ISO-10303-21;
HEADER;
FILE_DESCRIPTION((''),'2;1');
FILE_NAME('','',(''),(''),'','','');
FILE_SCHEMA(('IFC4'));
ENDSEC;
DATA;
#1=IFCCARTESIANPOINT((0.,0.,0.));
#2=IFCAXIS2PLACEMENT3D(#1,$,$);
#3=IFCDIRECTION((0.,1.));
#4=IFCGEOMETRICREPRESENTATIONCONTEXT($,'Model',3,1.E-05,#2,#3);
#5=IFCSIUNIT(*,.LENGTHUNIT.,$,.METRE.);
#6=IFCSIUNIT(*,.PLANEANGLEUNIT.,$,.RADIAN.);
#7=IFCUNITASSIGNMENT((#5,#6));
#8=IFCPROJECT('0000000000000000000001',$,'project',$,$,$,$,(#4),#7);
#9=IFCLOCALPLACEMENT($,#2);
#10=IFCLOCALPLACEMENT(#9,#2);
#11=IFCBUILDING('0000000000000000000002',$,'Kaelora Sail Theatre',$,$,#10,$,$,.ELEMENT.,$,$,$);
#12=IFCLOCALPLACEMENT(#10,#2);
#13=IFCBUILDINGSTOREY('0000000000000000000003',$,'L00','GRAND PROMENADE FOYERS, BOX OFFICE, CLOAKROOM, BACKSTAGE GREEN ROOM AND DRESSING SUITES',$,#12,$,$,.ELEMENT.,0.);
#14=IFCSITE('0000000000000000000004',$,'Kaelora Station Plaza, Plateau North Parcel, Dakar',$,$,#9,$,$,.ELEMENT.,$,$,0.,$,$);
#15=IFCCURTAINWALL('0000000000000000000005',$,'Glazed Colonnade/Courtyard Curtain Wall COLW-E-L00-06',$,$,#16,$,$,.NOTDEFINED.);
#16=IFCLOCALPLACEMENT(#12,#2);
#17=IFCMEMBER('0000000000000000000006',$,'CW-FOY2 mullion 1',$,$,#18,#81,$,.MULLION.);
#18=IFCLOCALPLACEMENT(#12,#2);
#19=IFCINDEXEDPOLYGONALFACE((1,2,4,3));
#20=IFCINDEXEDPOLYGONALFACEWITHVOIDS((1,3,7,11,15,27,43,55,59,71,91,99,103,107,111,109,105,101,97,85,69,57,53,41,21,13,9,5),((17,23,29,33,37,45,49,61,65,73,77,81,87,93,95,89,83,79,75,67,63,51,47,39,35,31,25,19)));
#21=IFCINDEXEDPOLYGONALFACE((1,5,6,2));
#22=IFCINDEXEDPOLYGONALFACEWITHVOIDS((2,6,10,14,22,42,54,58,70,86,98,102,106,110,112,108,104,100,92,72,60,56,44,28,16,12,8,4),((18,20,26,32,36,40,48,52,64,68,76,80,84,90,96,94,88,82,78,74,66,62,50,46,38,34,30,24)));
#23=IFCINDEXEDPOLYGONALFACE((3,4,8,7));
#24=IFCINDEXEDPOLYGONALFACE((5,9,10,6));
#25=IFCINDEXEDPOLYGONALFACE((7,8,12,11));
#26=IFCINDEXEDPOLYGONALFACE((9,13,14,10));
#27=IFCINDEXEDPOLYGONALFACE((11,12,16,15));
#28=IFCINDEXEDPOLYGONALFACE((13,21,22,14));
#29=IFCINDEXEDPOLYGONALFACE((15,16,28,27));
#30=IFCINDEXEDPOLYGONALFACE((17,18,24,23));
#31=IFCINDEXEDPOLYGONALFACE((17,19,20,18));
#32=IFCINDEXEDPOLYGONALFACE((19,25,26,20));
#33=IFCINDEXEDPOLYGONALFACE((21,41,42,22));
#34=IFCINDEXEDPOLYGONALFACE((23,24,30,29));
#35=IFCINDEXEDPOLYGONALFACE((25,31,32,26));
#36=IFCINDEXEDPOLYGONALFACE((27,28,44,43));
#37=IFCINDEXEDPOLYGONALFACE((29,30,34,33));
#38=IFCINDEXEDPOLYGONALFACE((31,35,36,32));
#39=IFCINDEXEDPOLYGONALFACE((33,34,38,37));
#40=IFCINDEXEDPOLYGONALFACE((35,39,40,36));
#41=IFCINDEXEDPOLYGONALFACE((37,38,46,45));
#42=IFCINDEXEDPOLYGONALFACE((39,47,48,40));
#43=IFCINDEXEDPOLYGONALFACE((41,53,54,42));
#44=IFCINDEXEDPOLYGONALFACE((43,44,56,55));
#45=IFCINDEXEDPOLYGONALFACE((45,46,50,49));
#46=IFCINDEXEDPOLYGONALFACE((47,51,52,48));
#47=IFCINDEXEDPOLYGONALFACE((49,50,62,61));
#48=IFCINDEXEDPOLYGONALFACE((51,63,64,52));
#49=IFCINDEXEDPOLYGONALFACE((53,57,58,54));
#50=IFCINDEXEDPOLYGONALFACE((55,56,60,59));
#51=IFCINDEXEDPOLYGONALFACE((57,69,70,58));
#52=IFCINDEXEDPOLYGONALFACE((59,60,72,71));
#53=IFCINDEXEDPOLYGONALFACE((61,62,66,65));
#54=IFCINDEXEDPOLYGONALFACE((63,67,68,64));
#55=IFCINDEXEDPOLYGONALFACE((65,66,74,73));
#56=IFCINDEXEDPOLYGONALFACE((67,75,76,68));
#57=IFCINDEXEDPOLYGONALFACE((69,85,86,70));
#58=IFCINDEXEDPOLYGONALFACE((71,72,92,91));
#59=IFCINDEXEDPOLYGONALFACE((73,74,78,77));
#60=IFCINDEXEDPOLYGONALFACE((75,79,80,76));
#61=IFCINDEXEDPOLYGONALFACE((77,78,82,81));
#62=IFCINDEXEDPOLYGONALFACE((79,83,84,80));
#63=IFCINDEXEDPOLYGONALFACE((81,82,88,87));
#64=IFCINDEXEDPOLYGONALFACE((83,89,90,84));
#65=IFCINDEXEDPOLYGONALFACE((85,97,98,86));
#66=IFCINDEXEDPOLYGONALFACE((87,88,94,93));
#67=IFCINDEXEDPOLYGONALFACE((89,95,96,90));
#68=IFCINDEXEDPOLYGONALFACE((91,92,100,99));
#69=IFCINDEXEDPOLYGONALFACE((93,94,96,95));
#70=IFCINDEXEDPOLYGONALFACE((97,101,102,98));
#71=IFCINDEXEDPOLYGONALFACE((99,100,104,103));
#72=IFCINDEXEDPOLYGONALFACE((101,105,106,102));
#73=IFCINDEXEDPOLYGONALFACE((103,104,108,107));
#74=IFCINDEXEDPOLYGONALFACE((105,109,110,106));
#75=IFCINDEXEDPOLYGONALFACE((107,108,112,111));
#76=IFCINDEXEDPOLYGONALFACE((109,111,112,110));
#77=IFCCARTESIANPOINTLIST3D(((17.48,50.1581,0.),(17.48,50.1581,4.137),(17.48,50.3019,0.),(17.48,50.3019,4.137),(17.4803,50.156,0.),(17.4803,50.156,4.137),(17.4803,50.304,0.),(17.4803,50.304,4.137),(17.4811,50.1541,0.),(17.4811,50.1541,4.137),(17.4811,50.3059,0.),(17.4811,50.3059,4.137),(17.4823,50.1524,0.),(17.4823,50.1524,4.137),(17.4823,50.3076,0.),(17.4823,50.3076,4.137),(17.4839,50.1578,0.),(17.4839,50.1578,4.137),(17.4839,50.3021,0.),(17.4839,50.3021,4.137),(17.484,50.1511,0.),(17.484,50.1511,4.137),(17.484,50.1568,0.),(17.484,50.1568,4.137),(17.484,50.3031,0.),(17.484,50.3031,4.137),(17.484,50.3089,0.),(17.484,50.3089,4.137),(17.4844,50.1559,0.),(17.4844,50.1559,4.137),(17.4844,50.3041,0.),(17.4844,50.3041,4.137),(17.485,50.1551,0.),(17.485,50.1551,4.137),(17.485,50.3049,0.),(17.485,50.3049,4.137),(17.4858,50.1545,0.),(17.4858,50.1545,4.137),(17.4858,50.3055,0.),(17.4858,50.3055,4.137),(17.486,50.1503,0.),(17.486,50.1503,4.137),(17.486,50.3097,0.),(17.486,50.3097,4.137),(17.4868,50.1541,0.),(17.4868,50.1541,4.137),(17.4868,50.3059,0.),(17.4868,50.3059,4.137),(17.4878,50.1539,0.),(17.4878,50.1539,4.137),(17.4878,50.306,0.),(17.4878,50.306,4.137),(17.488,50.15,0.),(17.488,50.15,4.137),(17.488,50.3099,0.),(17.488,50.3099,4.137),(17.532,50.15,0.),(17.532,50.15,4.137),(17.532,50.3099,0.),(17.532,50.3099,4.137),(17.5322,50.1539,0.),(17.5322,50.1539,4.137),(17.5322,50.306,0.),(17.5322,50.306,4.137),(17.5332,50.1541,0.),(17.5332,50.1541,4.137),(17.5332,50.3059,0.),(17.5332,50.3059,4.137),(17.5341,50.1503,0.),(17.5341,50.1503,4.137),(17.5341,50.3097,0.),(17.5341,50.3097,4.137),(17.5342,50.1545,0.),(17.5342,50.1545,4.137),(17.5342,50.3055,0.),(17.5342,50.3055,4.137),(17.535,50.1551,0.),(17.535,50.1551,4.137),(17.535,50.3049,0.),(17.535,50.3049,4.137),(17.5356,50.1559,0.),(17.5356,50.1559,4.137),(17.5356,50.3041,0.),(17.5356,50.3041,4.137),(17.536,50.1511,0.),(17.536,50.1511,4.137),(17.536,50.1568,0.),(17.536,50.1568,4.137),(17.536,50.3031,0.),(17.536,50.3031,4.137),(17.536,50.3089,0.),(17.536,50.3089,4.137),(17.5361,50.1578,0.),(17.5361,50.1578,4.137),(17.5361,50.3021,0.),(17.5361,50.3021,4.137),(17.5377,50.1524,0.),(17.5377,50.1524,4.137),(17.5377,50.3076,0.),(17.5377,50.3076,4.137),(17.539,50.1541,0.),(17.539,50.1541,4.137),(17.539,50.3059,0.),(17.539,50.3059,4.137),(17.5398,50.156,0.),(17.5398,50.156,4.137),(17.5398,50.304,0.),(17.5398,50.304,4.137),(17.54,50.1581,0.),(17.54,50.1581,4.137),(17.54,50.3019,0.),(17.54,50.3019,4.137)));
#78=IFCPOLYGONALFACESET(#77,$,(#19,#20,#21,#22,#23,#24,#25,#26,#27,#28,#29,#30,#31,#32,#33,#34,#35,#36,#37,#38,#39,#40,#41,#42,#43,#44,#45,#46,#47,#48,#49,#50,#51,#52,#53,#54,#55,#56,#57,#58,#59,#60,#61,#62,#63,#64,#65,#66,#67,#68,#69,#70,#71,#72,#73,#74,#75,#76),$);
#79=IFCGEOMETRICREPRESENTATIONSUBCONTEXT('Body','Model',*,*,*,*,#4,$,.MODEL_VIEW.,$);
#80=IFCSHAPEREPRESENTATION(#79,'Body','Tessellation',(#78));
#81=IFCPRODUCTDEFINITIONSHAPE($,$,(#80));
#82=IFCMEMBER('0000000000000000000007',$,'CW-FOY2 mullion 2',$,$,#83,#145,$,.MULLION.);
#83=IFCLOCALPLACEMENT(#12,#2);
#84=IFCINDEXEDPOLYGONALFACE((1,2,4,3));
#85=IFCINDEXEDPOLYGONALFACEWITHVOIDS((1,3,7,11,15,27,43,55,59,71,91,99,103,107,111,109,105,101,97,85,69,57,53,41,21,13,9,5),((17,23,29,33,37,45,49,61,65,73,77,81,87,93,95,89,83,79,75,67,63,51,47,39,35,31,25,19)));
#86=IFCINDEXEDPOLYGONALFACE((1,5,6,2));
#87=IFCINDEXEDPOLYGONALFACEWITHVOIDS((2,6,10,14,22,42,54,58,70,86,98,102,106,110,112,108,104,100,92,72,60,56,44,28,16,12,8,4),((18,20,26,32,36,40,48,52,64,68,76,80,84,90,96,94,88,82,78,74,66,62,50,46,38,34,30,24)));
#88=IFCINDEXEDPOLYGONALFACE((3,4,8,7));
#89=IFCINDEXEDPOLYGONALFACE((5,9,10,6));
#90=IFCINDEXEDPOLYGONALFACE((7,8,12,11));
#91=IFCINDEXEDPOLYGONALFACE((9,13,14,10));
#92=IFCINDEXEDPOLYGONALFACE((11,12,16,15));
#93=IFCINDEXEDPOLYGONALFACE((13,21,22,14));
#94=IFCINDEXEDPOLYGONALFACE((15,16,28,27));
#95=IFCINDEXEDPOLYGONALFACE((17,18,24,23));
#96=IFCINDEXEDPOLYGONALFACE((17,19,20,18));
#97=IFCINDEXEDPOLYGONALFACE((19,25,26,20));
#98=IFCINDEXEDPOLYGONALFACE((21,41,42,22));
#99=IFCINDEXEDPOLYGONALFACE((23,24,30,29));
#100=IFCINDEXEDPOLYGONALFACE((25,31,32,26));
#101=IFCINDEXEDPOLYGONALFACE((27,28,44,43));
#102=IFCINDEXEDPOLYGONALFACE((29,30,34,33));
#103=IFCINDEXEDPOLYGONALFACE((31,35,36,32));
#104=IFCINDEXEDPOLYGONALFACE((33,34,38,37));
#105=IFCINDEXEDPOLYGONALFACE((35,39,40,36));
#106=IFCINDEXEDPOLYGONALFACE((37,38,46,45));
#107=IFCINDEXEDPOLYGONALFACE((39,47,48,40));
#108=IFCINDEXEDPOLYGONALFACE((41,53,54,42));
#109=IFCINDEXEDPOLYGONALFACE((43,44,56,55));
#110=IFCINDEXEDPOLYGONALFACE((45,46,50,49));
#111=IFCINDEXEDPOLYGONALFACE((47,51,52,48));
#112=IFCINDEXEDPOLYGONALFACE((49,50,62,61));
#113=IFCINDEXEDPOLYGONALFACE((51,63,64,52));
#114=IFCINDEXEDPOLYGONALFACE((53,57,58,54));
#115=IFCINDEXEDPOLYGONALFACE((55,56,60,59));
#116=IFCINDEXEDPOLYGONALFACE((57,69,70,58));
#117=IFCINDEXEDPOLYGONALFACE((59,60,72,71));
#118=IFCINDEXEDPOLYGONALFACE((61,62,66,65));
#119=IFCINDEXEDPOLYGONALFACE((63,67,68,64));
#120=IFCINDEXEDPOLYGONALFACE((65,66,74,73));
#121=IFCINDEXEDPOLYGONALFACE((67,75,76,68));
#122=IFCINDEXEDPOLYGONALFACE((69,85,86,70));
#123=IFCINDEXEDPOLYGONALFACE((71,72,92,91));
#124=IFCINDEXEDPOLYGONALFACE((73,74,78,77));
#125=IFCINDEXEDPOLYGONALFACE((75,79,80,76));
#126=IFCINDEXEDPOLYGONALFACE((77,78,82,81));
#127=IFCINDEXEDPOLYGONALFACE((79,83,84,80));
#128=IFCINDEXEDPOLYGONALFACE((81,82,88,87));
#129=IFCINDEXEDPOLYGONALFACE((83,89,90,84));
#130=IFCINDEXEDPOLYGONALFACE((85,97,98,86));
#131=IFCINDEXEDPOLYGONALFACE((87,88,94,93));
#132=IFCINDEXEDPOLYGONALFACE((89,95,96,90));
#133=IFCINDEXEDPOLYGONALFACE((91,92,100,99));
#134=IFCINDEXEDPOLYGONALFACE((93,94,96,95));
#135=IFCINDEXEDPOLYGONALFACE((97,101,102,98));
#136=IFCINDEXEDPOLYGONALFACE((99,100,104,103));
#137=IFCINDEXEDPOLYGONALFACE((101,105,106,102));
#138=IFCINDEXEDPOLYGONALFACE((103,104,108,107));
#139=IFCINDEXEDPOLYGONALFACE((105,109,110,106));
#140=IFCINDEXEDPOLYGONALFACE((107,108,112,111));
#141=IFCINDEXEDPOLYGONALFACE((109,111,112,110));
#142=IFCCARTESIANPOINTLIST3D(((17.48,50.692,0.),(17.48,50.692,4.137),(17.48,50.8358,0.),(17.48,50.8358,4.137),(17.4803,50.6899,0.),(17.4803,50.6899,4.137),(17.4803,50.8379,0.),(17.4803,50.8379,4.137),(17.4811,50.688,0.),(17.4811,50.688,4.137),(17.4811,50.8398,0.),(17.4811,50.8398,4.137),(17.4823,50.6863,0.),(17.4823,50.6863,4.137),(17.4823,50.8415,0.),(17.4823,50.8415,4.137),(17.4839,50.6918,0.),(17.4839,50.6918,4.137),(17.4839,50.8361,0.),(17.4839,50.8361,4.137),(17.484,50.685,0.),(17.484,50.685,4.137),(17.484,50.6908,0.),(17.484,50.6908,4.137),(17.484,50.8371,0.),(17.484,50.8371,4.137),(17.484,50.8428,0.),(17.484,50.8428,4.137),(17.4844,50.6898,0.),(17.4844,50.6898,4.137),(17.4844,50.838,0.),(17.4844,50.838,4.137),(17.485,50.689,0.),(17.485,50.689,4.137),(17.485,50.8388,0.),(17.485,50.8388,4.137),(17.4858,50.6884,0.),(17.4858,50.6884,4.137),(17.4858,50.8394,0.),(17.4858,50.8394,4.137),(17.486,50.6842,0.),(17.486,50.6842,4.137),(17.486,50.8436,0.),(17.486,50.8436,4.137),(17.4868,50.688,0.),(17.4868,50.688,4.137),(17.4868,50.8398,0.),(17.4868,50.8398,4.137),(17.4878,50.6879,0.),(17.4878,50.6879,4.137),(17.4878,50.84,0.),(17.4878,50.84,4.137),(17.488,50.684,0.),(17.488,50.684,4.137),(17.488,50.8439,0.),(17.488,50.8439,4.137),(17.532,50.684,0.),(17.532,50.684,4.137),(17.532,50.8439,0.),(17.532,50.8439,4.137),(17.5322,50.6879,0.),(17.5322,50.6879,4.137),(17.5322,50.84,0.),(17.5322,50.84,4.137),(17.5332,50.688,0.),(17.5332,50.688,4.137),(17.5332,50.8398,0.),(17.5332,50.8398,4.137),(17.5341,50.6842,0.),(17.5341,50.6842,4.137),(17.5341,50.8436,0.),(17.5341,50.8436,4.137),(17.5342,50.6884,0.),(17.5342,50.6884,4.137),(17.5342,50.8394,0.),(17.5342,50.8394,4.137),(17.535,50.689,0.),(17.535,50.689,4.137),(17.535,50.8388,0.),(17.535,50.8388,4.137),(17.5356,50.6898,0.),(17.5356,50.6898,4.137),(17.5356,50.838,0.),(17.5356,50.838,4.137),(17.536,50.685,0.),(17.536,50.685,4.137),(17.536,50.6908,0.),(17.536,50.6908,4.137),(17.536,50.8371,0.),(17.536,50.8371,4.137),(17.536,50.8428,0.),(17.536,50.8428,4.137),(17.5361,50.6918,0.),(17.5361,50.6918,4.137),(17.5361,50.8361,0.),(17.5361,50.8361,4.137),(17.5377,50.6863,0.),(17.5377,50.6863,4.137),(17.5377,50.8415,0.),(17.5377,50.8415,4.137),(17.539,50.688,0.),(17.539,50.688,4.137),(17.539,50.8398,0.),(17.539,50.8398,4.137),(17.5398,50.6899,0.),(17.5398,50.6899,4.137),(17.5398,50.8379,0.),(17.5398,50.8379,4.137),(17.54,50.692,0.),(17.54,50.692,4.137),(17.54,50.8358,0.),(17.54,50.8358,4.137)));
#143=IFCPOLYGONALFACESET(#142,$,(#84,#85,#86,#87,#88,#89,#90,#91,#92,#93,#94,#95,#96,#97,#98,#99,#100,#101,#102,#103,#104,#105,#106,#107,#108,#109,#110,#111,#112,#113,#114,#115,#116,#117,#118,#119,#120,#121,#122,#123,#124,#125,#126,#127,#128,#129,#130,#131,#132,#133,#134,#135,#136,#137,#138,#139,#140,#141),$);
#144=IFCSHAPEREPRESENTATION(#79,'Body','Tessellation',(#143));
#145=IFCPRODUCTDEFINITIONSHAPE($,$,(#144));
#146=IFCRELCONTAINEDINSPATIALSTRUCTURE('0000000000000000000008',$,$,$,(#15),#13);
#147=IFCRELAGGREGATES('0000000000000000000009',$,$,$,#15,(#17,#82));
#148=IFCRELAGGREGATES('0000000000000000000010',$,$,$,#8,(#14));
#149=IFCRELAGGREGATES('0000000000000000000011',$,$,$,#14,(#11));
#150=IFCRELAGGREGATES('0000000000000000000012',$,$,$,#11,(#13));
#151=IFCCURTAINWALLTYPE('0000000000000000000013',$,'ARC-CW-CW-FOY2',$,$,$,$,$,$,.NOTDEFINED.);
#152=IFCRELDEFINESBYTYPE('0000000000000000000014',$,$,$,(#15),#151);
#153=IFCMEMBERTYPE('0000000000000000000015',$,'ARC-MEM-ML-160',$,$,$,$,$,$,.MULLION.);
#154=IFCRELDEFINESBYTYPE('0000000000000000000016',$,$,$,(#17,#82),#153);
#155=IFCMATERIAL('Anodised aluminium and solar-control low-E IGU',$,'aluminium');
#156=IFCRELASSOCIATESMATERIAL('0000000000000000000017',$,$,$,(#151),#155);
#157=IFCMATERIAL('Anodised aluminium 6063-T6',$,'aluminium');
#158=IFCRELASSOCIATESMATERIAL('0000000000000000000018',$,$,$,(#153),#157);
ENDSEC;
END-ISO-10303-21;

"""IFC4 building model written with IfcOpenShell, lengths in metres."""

from ifc_helpers import new_model, si_unit, direction, frame, origin, origin_2d, place, context, subcontext, project, spatial, hollow_rectangle, extrude, material, material_profile, profile_set, type_object, element, aggregate, save


model = new_model("IFC4")

# Units and contexts
model_context = context("Model", 3, precision=1e-05, world=origin(), true_north=direction((0.0, 1.0)))
body_context = subcontext(model_context, "Body", "Model", "MODEL_VIEW")
ifc_project = project(units=[si_unit("LENGTHUNIT", "METRE"), si_unit("PLANEANGLEUNIT", "RADIAN")], contexts=[model_context])

# Site, building, storey
site_placement = place(None, origin())
site = spatial("IfcSite", under=ifc_project, at=site_placement, Name="Kaelora Station Plaza, Plateau North Parcel, Dakar", CompositionType="ELEMENT", RefElevation=0.0)
building_placement = place(site_placement, origin())
building = spatial("IfcBuilding", under=site, at=building_placement, Name="Kaelora Sail Theatre", CompositionType="ELEMENT")
storey_placement = place(building_placement, origin())
storey = spatial("IfcBuildingStorey", under=building, at=storey_placement, Name="L00", Description="GRAND PROMENADE FOYERS, BOX OFFICE, CLOAKROOM, BACKSTAGE GREEN ROOM AND DRESSING SUITES", CompositionType="ELEMENT", Elevation=0.0)

# Curtain wall, members
ifc_material_1 = material(Name="Anodised aluminium and solar-control low-E IGU", Category="aluminium")
curtain_wall_type = type_object("IfcCurtainWallType", Name="ARC-CW-CW-FOY2", PredefinedType="NOTDEFINED", material=ifc_material_1)
ifc_material_2 = material(Name="Anodised aluminium 6063-T6", Category="aluminium")
ifc_material_profile_1 = material_profile(ifc_material_2, hollow_rectangle(XDim=0.0601, YDim=0.1599, WallThickness=0.0039, InnerFilletRadius=0.0039, OuterFilletRadius=0.0081, at=origin_2d()), Name="ALU-MULL 60x160x4")
ifc_profile_set_1 = profile_set([ifc_material_profile_1], Name="Anodised aluminium 6063-T6")
member_type_1 = type_object("IfcMemberType", Name="ARC-MEM-ML-160", PredefinedType="MULLION", material=ifc_profile_set_1)
curtain_wall_1_placement = place(storey_placement, origin())
curtain_wall_1 = element("IfcCurtainWall", 1, at=curtain_wall_1_placement, inside=storey, type_object=curtain_wall_type, Name="Glazed Colonnade/Courtyard Curtain Wall COLW-E-L00-06", PredefinedType="NOTDEFINED")
member_1_placement = place(storey_placement, frame((17.51, 50.23, 0.0), z_axis=(0.0, 0.0, 1.0), x_axis=(-1.0, 0.0, 0.0)))
member_1 = element("IfcMember", 2, at=member_1_placement, type_object=member_type_1, Name="CW-FOY2 mullion 1", PredefinedType="MULLION", context=body_context, shape_type="SweptSolid", body=[
    extrude(hollow_rectangle(XDim=0.0601, YDim=0.1599, WallThickness=0.0039, InnerFilletRadius=0.0039, OuterFilletRadius=0.0081, at=origin_2d()), origin(), (0.0, 0.0, 1.0), 4.137),
])
member_2_placement = place(storey_placement, frame((17.51, 50.7639, 0.0), z_axis=(0.0, 0.0, 1.0), x_axis=(-1.0, 0.0, 0.0)))
member_2 = element("IfcMember", 3, at=member_2_placement, type_object=member_type_1, Name="CW-FOY2 mullion 2", PredefinedType="MULLION", context=body_context, shape_type="SweptSolid", body=[
    extrude(hollow_rectangle(XDim=0.0601, YDim=0.1599, WallThickness=0.0039, InnerFilletRadius=0.0039, OuterFilletRadius=0.0081, at=origin_2d()), origin(), (0.0, 0.0, 1.0), 4.137),
])

aggregate(curtain_wall_1, [member_1, member_2])

save(model, "model.ifc")
